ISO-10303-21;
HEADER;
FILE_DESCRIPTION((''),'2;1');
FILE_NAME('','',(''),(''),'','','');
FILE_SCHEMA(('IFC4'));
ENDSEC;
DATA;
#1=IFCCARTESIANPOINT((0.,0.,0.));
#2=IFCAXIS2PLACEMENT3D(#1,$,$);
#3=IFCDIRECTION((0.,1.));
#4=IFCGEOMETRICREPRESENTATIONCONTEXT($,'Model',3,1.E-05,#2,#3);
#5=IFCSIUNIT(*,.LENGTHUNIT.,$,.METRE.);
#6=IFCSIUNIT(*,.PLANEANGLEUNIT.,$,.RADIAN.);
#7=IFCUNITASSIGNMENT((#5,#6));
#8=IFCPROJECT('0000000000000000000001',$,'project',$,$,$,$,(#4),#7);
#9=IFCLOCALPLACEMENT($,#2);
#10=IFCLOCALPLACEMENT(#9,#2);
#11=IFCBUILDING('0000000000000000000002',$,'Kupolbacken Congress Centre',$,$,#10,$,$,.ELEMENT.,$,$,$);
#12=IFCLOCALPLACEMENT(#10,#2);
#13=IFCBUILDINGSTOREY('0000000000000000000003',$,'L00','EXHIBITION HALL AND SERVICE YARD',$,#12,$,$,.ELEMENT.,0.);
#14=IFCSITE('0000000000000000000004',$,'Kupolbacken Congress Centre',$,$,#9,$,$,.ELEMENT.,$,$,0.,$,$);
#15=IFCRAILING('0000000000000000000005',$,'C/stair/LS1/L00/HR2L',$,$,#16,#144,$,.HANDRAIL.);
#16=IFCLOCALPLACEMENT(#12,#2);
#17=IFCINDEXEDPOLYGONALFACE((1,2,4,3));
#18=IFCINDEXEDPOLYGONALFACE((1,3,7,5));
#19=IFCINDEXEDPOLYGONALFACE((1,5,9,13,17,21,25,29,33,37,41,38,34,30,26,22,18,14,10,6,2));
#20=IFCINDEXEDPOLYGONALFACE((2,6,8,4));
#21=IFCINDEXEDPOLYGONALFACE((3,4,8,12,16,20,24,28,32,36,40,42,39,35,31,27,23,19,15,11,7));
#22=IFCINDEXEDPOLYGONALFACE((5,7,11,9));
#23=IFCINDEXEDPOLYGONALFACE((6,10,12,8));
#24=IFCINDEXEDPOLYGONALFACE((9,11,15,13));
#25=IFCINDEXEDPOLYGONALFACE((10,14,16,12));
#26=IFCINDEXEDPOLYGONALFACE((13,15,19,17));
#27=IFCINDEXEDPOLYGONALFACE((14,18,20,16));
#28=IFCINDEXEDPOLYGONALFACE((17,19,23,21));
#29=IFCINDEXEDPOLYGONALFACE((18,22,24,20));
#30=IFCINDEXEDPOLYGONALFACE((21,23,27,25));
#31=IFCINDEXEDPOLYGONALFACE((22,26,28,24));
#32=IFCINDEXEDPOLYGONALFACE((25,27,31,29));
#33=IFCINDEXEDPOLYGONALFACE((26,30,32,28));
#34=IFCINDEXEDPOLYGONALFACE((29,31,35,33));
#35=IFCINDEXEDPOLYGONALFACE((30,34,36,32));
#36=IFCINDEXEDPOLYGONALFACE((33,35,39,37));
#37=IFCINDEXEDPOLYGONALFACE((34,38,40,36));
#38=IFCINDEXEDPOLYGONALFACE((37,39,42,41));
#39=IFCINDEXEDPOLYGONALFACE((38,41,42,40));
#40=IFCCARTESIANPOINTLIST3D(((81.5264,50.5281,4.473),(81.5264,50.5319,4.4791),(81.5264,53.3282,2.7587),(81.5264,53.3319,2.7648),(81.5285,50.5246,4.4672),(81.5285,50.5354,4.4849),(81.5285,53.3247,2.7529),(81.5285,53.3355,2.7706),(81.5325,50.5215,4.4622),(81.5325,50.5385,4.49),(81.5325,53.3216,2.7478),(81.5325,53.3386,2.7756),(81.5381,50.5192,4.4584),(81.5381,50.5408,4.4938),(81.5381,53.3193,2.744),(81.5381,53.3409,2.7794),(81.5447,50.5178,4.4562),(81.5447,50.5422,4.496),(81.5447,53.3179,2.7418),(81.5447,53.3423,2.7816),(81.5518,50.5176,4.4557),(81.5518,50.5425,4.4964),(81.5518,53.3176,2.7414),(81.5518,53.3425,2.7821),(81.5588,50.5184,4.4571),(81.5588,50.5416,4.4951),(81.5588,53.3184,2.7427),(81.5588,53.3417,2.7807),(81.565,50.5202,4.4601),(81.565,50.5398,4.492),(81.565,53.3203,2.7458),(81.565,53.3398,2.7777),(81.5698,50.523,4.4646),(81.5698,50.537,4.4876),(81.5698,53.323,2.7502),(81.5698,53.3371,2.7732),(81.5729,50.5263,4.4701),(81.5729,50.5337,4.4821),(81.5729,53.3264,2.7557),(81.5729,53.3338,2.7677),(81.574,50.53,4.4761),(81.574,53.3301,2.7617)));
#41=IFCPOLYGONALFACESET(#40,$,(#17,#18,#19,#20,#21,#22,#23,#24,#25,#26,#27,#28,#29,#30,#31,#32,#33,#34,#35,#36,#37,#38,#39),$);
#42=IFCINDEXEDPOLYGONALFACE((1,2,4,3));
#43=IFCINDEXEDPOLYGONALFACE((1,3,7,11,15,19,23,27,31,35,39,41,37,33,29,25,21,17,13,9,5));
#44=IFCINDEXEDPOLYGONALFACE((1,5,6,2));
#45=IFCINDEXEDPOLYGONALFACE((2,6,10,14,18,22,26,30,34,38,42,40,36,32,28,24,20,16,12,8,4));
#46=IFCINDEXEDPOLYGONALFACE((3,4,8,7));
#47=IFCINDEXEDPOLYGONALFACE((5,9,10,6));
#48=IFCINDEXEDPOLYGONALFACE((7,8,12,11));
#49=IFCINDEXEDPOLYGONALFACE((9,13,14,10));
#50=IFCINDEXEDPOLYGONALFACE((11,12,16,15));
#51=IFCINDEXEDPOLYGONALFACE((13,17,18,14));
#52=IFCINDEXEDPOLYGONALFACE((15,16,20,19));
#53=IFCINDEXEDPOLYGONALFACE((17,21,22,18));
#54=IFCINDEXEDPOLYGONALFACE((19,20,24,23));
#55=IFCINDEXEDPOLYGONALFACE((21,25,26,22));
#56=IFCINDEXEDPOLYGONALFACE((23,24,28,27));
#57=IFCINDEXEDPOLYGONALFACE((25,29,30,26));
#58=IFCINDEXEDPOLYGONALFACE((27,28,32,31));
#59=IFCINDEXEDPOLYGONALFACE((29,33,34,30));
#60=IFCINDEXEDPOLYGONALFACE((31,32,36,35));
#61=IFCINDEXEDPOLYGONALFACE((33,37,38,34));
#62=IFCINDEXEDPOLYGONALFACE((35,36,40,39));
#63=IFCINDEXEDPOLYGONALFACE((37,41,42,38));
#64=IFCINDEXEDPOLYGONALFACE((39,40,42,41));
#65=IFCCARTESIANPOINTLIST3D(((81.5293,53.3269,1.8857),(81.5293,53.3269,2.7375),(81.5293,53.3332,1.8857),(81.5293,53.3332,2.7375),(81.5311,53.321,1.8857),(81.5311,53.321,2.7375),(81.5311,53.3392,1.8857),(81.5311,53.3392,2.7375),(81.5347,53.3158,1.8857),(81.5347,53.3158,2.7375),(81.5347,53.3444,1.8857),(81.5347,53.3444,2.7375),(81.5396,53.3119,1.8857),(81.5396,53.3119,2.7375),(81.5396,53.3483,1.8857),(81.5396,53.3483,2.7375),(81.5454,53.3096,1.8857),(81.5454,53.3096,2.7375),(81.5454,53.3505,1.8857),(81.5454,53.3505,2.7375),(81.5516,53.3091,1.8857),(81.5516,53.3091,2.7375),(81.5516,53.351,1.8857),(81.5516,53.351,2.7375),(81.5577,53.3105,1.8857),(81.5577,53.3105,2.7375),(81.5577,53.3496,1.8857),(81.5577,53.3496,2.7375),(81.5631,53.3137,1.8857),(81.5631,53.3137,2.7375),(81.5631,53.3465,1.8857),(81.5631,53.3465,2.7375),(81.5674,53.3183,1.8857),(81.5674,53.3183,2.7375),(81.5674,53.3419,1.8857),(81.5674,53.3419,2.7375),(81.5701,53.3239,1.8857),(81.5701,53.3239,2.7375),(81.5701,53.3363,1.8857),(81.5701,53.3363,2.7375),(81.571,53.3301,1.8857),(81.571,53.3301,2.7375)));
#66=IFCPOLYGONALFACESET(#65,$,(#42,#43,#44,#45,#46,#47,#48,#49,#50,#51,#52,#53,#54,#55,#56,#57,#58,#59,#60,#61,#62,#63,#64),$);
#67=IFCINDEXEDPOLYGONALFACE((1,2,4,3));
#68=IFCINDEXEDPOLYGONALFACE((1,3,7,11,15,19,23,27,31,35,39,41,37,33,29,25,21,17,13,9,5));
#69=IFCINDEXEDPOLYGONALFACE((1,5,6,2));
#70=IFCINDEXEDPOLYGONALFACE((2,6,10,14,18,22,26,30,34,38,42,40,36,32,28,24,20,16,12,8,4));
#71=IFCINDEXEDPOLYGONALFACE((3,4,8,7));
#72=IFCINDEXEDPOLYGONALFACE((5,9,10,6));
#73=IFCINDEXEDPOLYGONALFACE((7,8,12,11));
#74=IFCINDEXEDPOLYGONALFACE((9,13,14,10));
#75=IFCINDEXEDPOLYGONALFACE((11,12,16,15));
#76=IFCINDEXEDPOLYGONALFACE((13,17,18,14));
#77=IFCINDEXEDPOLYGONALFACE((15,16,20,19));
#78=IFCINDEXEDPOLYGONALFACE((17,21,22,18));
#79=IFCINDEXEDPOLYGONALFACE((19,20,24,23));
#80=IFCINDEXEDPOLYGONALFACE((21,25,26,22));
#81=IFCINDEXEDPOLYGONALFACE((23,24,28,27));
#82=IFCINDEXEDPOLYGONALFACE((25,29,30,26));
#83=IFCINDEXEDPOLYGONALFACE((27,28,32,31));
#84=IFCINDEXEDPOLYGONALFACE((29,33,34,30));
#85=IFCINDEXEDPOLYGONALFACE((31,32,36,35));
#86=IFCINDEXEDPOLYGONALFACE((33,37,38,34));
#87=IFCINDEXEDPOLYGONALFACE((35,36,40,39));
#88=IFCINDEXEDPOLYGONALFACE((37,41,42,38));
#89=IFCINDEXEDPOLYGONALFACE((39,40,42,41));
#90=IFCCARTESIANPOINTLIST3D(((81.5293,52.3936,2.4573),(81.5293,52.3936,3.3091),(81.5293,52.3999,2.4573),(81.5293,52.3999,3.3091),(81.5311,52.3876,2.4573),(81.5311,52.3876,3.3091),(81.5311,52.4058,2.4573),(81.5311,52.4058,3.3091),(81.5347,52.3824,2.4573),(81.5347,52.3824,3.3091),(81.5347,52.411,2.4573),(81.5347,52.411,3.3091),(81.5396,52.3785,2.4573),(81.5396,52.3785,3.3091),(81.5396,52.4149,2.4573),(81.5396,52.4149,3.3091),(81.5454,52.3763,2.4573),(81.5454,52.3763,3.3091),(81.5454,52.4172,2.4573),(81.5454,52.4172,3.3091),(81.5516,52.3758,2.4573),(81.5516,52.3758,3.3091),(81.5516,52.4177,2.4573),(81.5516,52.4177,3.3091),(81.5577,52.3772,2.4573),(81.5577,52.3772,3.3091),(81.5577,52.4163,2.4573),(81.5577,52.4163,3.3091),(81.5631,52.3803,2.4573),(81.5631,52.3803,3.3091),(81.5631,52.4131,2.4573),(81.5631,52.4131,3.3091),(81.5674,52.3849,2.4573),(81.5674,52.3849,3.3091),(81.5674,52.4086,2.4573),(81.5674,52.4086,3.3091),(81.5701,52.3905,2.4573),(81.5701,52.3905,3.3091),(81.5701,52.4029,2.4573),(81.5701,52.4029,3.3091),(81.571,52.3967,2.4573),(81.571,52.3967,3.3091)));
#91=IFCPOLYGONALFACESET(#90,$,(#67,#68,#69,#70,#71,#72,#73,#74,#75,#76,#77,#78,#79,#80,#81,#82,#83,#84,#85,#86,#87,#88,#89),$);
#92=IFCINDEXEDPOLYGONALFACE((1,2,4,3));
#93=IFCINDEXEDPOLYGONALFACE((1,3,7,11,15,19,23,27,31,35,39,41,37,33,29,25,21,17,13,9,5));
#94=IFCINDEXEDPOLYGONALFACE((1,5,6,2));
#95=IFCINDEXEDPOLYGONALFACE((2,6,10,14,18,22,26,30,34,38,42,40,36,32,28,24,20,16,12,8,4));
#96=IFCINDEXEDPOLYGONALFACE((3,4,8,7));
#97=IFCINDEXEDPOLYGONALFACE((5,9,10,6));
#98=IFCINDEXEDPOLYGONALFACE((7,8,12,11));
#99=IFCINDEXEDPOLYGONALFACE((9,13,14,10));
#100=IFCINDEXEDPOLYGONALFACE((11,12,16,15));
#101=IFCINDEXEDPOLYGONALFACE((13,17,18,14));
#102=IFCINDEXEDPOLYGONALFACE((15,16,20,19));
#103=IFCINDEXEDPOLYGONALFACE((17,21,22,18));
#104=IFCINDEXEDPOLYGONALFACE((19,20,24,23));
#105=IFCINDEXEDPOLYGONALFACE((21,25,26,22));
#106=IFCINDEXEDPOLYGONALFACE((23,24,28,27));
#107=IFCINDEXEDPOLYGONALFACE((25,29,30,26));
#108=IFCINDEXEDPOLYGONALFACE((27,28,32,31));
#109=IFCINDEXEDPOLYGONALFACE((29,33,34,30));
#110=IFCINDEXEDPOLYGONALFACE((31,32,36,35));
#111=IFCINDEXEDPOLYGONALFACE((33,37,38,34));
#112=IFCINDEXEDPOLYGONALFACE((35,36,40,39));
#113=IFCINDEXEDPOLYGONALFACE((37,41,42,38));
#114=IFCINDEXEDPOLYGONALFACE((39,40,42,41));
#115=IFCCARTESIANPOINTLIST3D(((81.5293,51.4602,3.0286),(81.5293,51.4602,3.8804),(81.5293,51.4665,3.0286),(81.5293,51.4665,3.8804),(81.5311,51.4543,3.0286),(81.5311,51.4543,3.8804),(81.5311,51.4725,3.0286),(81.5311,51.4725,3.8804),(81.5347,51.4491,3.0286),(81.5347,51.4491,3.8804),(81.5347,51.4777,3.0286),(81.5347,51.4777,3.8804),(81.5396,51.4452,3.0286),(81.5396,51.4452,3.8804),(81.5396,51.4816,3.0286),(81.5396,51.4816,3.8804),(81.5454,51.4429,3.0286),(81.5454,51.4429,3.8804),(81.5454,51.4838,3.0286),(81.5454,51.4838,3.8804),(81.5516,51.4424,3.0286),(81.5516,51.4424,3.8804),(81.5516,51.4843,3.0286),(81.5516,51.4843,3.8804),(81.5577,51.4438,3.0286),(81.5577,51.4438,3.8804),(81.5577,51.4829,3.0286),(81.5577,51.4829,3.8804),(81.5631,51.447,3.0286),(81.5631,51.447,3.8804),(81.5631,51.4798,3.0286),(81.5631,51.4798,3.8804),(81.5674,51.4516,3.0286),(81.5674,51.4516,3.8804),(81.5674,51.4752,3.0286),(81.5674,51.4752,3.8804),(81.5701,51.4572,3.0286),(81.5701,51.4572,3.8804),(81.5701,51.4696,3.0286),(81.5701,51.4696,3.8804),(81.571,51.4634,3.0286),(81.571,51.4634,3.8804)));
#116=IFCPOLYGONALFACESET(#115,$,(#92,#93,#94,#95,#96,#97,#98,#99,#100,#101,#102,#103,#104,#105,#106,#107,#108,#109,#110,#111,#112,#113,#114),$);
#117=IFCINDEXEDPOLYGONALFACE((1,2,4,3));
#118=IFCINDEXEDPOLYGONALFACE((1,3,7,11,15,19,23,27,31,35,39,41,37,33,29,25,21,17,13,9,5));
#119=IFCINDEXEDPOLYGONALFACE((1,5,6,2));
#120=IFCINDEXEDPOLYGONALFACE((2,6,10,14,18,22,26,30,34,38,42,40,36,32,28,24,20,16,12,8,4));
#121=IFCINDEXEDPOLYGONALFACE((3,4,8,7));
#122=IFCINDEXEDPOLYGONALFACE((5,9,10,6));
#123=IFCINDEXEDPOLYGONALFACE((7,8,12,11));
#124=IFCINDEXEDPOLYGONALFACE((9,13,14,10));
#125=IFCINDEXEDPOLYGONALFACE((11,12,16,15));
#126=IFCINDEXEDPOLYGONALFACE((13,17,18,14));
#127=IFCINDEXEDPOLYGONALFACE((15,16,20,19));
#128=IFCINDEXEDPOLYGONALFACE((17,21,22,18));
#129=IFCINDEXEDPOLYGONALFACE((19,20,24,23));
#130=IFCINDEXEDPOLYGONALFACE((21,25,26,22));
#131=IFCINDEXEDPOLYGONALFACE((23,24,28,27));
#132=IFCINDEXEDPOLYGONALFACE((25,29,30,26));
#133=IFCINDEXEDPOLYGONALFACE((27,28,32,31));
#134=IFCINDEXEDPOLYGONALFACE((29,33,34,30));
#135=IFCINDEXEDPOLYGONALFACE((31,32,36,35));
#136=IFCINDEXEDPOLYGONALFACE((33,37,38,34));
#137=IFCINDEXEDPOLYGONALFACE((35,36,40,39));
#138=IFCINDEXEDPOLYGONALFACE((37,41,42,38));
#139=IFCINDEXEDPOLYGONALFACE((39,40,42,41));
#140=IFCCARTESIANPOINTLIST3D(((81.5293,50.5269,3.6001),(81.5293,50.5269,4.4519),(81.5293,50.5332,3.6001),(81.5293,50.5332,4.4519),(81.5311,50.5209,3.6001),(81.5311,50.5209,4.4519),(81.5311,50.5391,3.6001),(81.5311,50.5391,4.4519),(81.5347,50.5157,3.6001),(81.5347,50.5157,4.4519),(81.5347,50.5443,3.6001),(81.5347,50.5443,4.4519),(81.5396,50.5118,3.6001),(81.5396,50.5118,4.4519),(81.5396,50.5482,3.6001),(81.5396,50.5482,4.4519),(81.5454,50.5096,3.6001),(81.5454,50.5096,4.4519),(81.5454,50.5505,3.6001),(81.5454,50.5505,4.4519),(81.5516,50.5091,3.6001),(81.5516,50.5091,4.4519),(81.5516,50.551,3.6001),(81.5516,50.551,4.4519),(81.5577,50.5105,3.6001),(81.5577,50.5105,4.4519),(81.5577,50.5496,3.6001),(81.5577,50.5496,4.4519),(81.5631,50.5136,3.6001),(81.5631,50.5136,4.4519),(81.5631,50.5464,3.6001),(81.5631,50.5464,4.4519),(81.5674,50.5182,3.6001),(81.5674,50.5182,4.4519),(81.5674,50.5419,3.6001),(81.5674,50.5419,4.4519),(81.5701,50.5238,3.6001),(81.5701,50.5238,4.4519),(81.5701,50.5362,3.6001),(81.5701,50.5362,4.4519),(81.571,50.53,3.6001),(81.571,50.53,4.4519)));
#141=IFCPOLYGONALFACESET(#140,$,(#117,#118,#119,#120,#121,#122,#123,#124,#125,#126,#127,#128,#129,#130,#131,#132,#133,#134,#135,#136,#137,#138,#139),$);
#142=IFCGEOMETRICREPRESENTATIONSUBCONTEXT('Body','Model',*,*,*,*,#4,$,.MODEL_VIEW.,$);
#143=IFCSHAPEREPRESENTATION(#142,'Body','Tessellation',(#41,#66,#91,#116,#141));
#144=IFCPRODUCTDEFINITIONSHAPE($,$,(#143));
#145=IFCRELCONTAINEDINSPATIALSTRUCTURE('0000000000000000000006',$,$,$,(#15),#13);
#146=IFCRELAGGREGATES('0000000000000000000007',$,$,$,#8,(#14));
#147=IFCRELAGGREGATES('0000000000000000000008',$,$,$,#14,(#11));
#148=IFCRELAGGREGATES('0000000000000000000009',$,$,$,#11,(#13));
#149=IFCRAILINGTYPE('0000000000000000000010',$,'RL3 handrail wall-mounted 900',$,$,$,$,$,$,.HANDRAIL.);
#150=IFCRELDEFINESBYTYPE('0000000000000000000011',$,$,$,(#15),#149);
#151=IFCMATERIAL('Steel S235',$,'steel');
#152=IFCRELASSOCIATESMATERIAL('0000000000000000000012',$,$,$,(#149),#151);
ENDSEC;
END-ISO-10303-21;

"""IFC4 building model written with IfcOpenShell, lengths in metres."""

from ifc_helpers import new_model, si_unit, direction, frame, origin, origin_2d, place, context, subcontext, project, spatial, circle, extrude, material, type_object, element, save


model = new_model("IFC4")

# Units and contexts
model_context = context("Model", 3, precision=1e-05, world=origin(), true_north=direction((0.0, 1.0)))
body_context = subcontext(model_context, "Body", "Model", "MODEL_VIEW")
ifc_project = project(units=[si_unit("LENGTHUNIT", "METRE"), si_unit("PLANEANGLEUNIT", "RADIAN")], contexts=[model_context])

# Site, building, storey
site_placement = place(None, origin())
site = spatial("IfcSite", under=ifc_project, at=site_placement, Name="Kupolbacken Congress Centre", CompositionType="ELEMENT", RefElevation=0.0)
building_placement = place(site_placement, origin())
building = spatial("IfcBuilding", under=site, at=building_placement, Name="Kupolbacken Congress Centre", CompositionType="ELEMENT")
storey_placement = place(building_placement, origin())
storey = spatial("IfcBuildingStorey", under=building, at=storey_placement, Name="L00", Description="EXHIBITION HALL AND SERVICE YARD", CompositionType="ELEMENT", Elevation=0.0)

# Railing
ifc_material_1 = material(Name="Steel S235", Category="steel")
railing_type = type_object("IfcRailingType", Name="RL3 handrail wall-mounted 900", PredefinedType="HANDRAIL", material=ifc_material_1)
for number, where, name in (
    (1, (81.55, 53.3301, 1.8857), "C/stair/LS1/L00/HR2L"),
):
    element("IfcRailing", number, at=place(storey_placement, frame(where)), inside=storey, type_object=railing_type, Name=name, PredefinedType="HANDRAIL", context=body_context, shape_type="SweptSolid", body=[
        extrude(circle(Radius=0.0239, at=origin_2d()), frame((0.0, 0.0, 0.876), z_axis=(0.0, -0.852846, 0.522163), x_axis=(1.0, 0.0, 0.0)), (0.0, 0.0, 1.0), 3.2832),
        extrude(circle(Radius=0.021, at=origin_2d()), origin(), (0.0, 0.0, 1.0), 0.8518),
        extrude(circle(Radius=0.021, at=origin_2d()), frame((0.0, -0.9333, 0.5715)), (0.0, 0.0, 1.0), 0.8518),
        extrude(circle(Radius=0.021, at=origin_2d()), frame((0.0, -1.8667, 1.1428)), (0.0, 0.0, 1.0), 0.8518),
        extrude(circle(Radius=0.021, at=origin_2d()), frame((0.0, -2.8, 1.7144)), (0.0, 0.0, 1.0), 0.8518),
    ])

save(model, "model.ifc")
